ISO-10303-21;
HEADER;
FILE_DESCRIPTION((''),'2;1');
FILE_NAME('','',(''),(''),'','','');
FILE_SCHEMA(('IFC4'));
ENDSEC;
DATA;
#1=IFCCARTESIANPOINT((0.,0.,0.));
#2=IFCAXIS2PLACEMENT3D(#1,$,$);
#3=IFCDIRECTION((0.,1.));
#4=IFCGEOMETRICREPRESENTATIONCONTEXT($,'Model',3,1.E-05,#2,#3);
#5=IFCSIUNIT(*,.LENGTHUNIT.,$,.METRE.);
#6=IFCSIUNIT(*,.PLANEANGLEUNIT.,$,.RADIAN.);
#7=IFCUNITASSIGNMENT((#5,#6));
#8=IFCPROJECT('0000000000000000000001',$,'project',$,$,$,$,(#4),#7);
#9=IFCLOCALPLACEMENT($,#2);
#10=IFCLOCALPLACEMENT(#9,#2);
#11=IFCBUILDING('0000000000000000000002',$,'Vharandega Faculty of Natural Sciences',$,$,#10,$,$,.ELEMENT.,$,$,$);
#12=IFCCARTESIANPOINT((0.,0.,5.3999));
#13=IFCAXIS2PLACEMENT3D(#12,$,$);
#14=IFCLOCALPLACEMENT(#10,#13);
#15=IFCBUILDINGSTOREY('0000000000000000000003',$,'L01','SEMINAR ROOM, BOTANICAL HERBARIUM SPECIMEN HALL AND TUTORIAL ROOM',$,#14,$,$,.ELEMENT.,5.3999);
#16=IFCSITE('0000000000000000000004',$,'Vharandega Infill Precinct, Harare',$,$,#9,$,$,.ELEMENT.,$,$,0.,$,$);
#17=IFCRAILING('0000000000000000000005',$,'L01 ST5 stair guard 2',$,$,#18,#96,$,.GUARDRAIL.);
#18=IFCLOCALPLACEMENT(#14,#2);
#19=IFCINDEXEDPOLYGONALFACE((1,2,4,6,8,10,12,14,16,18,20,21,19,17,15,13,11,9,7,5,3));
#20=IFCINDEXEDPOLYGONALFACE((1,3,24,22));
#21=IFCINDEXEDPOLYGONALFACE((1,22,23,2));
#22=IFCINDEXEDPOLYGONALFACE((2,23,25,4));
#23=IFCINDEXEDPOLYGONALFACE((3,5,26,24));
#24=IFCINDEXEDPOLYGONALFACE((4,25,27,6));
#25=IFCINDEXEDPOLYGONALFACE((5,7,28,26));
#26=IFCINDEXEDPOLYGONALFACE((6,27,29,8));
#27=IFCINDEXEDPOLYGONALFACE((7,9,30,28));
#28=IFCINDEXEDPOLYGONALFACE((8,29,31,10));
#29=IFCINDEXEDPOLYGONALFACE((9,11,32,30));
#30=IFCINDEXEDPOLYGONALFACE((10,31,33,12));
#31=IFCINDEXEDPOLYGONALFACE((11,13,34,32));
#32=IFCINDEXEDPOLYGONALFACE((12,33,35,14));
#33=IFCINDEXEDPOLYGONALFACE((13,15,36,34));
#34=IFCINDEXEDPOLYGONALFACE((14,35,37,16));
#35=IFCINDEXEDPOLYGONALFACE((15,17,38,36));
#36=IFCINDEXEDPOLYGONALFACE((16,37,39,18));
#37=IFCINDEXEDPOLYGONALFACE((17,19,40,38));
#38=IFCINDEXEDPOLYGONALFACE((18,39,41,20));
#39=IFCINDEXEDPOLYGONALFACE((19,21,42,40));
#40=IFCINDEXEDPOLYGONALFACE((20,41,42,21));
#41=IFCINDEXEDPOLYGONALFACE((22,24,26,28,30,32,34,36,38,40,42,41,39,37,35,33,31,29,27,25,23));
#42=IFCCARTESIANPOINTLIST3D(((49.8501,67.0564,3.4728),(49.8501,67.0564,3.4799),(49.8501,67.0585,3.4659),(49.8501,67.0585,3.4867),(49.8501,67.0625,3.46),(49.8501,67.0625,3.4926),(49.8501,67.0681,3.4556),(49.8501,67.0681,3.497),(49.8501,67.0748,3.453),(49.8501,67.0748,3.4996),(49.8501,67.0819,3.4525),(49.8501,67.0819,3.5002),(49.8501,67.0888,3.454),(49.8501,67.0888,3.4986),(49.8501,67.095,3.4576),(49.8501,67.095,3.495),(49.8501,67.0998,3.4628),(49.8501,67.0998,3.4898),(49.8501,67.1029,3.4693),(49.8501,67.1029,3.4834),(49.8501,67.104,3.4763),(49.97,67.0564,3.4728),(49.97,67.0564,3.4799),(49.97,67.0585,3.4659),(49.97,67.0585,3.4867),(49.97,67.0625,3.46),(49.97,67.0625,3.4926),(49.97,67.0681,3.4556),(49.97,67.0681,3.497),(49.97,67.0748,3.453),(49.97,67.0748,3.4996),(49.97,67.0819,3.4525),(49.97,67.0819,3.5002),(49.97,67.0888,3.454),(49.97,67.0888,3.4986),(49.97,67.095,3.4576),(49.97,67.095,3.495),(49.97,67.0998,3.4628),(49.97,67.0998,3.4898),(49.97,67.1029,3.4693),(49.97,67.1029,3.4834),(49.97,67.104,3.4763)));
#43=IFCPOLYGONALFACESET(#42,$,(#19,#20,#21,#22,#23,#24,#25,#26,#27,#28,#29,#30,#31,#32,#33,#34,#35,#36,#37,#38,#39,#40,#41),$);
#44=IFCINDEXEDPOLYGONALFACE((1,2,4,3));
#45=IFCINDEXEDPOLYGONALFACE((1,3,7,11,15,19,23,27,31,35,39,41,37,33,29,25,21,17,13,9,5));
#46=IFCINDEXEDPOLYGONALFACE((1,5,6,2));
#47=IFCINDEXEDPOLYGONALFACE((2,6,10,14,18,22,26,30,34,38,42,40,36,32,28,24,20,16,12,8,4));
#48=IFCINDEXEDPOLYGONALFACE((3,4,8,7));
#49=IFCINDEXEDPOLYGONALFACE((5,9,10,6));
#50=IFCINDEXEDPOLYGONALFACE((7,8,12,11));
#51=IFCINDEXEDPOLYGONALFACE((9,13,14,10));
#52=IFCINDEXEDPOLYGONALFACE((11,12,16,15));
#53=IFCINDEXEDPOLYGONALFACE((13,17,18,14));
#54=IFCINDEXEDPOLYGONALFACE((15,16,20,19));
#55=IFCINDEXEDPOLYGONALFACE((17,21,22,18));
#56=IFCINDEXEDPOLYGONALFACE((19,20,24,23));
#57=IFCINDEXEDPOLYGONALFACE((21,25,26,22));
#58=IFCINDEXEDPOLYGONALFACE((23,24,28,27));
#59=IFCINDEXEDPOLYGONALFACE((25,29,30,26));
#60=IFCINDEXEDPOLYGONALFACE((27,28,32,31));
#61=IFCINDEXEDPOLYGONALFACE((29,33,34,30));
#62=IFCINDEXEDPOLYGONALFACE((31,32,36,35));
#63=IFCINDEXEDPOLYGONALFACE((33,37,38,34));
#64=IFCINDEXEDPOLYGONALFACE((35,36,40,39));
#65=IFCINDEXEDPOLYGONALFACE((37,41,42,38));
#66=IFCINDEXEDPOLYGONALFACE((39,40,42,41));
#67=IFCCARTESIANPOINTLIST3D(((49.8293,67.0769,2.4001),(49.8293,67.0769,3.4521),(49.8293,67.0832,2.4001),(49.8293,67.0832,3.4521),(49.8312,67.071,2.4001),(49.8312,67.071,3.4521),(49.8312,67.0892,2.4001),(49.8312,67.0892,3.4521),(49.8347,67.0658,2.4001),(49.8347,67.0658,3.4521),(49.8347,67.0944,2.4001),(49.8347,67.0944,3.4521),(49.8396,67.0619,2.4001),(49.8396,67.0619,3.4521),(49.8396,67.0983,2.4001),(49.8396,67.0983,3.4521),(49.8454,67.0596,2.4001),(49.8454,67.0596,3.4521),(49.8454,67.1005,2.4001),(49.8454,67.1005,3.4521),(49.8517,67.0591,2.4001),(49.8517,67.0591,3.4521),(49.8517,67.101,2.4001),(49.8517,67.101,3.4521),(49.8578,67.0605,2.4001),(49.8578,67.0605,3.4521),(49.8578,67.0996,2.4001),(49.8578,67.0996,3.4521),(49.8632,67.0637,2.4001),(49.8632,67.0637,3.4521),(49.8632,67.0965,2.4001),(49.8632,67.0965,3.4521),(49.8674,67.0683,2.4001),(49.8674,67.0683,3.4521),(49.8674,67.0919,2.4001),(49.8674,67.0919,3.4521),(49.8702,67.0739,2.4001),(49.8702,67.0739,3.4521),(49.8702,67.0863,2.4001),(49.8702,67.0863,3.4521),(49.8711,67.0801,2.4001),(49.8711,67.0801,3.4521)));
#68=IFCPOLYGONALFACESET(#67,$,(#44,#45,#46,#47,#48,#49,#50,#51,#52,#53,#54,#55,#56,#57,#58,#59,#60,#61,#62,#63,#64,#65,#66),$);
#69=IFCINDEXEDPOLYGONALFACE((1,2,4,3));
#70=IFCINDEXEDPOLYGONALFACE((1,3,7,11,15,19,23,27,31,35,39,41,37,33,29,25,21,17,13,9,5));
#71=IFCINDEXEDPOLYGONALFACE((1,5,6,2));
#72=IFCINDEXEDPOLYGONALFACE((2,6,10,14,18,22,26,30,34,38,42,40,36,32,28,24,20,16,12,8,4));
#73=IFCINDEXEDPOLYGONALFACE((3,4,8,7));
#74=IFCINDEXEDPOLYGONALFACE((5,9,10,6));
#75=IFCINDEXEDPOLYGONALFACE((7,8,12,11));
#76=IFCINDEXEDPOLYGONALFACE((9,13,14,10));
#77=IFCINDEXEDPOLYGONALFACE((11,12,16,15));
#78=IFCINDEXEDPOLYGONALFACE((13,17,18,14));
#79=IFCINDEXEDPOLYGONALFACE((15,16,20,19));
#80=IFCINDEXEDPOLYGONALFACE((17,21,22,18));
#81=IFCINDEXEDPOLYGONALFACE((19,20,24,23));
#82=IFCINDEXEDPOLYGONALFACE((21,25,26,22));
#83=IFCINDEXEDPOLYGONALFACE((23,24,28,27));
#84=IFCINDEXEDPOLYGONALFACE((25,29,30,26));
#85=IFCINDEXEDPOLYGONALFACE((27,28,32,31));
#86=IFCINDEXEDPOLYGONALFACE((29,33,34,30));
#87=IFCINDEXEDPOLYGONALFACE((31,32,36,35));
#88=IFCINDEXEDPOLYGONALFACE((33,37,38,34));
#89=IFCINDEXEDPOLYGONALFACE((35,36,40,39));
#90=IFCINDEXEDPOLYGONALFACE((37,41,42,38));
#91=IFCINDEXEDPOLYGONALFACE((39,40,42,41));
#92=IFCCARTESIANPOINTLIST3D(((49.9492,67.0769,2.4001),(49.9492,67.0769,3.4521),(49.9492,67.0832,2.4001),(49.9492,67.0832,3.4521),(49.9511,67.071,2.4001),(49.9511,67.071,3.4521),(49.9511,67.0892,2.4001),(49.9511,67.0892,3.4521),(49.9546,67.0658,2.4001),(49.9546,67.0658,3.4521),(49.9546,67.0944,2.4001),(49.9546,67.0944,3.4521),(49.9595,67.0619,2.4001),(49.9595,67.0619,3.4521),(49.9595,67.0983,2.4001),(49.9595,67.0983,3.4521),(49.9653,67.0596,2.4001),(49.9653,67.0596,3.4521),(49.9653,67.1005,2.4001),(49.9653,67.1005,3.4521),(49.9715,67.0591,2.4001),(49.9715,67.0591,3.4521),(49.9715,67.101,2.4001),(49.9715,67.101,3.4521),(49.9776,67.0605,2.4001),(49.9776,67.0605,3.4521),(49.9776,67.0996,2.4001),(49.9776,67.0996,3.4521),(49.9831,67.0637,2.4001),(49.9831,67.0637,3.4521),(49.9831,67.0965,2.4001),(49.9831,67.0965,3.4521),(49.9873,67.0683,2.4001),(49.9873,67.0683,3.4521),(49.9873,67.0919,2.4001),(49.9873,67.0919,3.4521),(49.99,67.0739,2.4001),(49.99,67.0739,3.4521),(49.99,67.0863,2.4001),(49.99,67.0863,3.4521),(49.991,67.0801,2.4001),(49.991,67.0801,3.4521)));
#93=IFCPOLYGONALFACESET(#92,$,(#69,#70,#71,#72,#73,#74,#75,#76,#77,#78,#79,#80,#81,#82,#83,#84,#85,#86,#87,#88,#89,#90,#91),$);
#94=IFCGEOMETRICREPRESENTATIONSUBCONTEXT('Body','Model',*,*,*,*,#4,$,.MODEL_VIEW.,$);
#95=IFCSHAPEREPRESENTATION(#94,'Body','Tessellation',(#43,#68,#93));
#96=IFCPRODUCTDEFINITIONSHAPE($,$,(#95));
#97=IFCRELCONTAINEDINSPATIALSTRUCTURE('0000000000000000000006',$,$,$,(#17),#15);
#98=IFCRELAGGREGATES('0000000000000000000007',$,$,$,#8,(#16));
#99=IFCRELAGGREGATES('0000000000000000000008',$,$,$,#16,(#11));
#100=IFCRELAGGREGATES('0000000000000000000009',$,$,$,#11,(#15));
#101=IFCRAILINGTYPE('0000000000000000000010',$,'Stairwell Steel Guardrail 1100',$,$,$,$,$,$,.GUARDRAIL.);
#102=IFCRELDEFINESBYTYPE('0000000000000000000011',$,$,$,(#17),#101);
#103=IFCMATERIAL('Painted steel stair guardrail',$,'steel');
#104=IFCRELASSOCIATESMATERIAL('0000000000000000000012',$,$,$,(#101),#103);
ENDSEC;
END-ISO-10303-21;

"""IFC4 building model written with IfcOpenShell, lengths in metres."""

from ifc_helpers import new_model, si_unit, direction, frame, origin, origin_2d, place, context, subcontext, project, spatial, circle, extrude, material, type_object, element, save


model = new_model("IFC4")

# Units and contexts
model_context = context("Model", 3, precision=1e-05, world=origin(), true_north=direction((0.0, 1.0)))
body_context = subcontext(model_context, "Body", "Model", "MODEL_VIEW")
ifc_project = project(units=[si_unit("LENGTHUNIT", "METRE"), si_unit("PLANEANGLEUNIT", "RADIAN")], contexts=[model_context])

# Site, building, storey
site_placement = place(None, origin())
site = spatial("IfcSite", under=ifc_project, at=site_placement, Name="Vharandega Infill Precinct, Harare", CompositionType="ELEMENT", RefElevation=0.0)
building_placement = place(site_placement, origin())
building = spatial("IfcBuilding", under=site, at=building_placement, Name="Vharandega Faculty of Natural Sciences", CompositionType="ELEMENT")
storey_placement = place(building_placement, frame((0.0, 0.0, 5.3999)))
storey = spatial("IfcBuildingStorey", under=building, at=storey_placement, Name="L01", Description="SEMINAR ROOM, BOTANICAL HERBARIUM SPECIMEN HALL AND TUTORIAL ROOM", CompositionType="ELEMENT", Elevation=5.3999)

# Railing
ifc_material_1 = material(Name="Painted steel stair guardrail", Category="steel")
railing_type_1 = type_object("IfcRailingType", Name="Stairwell Steel Guardrail 1100", PredefinedType="GUARDRAIL", material=ifc_material_1)
railing_1_placement = place(storey_placement, frame((49.8501, 67.0801, 2.4001)))
element("IfcRailing", 1, at=railing_1_placement, inside=storey, type_object=railing_type_1, Name="L01 ST5 stair guard 2", PredefinedType="GUARDRAIL", context=body_context, shape_type="SweptSolid", body=[
    extrude(circle(Radius=0.0239, at=origin_2d()), frame((0.0, 0.0, 1.0762), z_axis=(1.0, 0.0, 0.0), x_axis=(0.0, 1.0, 0.0)), (0.0, 0.0, 1.0), 0.1199),
    extrude(circle(Radius=0.021, at=origin_2d()), origin(), (0.0, 0.0, 1.0), 1.052),
    extrude(circle(Radius=0.021, at=origin_2d()), frame((0.1199, 0.0, 0.0)), (0.0, 0.0, 1.0), 1.052),
])

save(model, "model.ifc")
